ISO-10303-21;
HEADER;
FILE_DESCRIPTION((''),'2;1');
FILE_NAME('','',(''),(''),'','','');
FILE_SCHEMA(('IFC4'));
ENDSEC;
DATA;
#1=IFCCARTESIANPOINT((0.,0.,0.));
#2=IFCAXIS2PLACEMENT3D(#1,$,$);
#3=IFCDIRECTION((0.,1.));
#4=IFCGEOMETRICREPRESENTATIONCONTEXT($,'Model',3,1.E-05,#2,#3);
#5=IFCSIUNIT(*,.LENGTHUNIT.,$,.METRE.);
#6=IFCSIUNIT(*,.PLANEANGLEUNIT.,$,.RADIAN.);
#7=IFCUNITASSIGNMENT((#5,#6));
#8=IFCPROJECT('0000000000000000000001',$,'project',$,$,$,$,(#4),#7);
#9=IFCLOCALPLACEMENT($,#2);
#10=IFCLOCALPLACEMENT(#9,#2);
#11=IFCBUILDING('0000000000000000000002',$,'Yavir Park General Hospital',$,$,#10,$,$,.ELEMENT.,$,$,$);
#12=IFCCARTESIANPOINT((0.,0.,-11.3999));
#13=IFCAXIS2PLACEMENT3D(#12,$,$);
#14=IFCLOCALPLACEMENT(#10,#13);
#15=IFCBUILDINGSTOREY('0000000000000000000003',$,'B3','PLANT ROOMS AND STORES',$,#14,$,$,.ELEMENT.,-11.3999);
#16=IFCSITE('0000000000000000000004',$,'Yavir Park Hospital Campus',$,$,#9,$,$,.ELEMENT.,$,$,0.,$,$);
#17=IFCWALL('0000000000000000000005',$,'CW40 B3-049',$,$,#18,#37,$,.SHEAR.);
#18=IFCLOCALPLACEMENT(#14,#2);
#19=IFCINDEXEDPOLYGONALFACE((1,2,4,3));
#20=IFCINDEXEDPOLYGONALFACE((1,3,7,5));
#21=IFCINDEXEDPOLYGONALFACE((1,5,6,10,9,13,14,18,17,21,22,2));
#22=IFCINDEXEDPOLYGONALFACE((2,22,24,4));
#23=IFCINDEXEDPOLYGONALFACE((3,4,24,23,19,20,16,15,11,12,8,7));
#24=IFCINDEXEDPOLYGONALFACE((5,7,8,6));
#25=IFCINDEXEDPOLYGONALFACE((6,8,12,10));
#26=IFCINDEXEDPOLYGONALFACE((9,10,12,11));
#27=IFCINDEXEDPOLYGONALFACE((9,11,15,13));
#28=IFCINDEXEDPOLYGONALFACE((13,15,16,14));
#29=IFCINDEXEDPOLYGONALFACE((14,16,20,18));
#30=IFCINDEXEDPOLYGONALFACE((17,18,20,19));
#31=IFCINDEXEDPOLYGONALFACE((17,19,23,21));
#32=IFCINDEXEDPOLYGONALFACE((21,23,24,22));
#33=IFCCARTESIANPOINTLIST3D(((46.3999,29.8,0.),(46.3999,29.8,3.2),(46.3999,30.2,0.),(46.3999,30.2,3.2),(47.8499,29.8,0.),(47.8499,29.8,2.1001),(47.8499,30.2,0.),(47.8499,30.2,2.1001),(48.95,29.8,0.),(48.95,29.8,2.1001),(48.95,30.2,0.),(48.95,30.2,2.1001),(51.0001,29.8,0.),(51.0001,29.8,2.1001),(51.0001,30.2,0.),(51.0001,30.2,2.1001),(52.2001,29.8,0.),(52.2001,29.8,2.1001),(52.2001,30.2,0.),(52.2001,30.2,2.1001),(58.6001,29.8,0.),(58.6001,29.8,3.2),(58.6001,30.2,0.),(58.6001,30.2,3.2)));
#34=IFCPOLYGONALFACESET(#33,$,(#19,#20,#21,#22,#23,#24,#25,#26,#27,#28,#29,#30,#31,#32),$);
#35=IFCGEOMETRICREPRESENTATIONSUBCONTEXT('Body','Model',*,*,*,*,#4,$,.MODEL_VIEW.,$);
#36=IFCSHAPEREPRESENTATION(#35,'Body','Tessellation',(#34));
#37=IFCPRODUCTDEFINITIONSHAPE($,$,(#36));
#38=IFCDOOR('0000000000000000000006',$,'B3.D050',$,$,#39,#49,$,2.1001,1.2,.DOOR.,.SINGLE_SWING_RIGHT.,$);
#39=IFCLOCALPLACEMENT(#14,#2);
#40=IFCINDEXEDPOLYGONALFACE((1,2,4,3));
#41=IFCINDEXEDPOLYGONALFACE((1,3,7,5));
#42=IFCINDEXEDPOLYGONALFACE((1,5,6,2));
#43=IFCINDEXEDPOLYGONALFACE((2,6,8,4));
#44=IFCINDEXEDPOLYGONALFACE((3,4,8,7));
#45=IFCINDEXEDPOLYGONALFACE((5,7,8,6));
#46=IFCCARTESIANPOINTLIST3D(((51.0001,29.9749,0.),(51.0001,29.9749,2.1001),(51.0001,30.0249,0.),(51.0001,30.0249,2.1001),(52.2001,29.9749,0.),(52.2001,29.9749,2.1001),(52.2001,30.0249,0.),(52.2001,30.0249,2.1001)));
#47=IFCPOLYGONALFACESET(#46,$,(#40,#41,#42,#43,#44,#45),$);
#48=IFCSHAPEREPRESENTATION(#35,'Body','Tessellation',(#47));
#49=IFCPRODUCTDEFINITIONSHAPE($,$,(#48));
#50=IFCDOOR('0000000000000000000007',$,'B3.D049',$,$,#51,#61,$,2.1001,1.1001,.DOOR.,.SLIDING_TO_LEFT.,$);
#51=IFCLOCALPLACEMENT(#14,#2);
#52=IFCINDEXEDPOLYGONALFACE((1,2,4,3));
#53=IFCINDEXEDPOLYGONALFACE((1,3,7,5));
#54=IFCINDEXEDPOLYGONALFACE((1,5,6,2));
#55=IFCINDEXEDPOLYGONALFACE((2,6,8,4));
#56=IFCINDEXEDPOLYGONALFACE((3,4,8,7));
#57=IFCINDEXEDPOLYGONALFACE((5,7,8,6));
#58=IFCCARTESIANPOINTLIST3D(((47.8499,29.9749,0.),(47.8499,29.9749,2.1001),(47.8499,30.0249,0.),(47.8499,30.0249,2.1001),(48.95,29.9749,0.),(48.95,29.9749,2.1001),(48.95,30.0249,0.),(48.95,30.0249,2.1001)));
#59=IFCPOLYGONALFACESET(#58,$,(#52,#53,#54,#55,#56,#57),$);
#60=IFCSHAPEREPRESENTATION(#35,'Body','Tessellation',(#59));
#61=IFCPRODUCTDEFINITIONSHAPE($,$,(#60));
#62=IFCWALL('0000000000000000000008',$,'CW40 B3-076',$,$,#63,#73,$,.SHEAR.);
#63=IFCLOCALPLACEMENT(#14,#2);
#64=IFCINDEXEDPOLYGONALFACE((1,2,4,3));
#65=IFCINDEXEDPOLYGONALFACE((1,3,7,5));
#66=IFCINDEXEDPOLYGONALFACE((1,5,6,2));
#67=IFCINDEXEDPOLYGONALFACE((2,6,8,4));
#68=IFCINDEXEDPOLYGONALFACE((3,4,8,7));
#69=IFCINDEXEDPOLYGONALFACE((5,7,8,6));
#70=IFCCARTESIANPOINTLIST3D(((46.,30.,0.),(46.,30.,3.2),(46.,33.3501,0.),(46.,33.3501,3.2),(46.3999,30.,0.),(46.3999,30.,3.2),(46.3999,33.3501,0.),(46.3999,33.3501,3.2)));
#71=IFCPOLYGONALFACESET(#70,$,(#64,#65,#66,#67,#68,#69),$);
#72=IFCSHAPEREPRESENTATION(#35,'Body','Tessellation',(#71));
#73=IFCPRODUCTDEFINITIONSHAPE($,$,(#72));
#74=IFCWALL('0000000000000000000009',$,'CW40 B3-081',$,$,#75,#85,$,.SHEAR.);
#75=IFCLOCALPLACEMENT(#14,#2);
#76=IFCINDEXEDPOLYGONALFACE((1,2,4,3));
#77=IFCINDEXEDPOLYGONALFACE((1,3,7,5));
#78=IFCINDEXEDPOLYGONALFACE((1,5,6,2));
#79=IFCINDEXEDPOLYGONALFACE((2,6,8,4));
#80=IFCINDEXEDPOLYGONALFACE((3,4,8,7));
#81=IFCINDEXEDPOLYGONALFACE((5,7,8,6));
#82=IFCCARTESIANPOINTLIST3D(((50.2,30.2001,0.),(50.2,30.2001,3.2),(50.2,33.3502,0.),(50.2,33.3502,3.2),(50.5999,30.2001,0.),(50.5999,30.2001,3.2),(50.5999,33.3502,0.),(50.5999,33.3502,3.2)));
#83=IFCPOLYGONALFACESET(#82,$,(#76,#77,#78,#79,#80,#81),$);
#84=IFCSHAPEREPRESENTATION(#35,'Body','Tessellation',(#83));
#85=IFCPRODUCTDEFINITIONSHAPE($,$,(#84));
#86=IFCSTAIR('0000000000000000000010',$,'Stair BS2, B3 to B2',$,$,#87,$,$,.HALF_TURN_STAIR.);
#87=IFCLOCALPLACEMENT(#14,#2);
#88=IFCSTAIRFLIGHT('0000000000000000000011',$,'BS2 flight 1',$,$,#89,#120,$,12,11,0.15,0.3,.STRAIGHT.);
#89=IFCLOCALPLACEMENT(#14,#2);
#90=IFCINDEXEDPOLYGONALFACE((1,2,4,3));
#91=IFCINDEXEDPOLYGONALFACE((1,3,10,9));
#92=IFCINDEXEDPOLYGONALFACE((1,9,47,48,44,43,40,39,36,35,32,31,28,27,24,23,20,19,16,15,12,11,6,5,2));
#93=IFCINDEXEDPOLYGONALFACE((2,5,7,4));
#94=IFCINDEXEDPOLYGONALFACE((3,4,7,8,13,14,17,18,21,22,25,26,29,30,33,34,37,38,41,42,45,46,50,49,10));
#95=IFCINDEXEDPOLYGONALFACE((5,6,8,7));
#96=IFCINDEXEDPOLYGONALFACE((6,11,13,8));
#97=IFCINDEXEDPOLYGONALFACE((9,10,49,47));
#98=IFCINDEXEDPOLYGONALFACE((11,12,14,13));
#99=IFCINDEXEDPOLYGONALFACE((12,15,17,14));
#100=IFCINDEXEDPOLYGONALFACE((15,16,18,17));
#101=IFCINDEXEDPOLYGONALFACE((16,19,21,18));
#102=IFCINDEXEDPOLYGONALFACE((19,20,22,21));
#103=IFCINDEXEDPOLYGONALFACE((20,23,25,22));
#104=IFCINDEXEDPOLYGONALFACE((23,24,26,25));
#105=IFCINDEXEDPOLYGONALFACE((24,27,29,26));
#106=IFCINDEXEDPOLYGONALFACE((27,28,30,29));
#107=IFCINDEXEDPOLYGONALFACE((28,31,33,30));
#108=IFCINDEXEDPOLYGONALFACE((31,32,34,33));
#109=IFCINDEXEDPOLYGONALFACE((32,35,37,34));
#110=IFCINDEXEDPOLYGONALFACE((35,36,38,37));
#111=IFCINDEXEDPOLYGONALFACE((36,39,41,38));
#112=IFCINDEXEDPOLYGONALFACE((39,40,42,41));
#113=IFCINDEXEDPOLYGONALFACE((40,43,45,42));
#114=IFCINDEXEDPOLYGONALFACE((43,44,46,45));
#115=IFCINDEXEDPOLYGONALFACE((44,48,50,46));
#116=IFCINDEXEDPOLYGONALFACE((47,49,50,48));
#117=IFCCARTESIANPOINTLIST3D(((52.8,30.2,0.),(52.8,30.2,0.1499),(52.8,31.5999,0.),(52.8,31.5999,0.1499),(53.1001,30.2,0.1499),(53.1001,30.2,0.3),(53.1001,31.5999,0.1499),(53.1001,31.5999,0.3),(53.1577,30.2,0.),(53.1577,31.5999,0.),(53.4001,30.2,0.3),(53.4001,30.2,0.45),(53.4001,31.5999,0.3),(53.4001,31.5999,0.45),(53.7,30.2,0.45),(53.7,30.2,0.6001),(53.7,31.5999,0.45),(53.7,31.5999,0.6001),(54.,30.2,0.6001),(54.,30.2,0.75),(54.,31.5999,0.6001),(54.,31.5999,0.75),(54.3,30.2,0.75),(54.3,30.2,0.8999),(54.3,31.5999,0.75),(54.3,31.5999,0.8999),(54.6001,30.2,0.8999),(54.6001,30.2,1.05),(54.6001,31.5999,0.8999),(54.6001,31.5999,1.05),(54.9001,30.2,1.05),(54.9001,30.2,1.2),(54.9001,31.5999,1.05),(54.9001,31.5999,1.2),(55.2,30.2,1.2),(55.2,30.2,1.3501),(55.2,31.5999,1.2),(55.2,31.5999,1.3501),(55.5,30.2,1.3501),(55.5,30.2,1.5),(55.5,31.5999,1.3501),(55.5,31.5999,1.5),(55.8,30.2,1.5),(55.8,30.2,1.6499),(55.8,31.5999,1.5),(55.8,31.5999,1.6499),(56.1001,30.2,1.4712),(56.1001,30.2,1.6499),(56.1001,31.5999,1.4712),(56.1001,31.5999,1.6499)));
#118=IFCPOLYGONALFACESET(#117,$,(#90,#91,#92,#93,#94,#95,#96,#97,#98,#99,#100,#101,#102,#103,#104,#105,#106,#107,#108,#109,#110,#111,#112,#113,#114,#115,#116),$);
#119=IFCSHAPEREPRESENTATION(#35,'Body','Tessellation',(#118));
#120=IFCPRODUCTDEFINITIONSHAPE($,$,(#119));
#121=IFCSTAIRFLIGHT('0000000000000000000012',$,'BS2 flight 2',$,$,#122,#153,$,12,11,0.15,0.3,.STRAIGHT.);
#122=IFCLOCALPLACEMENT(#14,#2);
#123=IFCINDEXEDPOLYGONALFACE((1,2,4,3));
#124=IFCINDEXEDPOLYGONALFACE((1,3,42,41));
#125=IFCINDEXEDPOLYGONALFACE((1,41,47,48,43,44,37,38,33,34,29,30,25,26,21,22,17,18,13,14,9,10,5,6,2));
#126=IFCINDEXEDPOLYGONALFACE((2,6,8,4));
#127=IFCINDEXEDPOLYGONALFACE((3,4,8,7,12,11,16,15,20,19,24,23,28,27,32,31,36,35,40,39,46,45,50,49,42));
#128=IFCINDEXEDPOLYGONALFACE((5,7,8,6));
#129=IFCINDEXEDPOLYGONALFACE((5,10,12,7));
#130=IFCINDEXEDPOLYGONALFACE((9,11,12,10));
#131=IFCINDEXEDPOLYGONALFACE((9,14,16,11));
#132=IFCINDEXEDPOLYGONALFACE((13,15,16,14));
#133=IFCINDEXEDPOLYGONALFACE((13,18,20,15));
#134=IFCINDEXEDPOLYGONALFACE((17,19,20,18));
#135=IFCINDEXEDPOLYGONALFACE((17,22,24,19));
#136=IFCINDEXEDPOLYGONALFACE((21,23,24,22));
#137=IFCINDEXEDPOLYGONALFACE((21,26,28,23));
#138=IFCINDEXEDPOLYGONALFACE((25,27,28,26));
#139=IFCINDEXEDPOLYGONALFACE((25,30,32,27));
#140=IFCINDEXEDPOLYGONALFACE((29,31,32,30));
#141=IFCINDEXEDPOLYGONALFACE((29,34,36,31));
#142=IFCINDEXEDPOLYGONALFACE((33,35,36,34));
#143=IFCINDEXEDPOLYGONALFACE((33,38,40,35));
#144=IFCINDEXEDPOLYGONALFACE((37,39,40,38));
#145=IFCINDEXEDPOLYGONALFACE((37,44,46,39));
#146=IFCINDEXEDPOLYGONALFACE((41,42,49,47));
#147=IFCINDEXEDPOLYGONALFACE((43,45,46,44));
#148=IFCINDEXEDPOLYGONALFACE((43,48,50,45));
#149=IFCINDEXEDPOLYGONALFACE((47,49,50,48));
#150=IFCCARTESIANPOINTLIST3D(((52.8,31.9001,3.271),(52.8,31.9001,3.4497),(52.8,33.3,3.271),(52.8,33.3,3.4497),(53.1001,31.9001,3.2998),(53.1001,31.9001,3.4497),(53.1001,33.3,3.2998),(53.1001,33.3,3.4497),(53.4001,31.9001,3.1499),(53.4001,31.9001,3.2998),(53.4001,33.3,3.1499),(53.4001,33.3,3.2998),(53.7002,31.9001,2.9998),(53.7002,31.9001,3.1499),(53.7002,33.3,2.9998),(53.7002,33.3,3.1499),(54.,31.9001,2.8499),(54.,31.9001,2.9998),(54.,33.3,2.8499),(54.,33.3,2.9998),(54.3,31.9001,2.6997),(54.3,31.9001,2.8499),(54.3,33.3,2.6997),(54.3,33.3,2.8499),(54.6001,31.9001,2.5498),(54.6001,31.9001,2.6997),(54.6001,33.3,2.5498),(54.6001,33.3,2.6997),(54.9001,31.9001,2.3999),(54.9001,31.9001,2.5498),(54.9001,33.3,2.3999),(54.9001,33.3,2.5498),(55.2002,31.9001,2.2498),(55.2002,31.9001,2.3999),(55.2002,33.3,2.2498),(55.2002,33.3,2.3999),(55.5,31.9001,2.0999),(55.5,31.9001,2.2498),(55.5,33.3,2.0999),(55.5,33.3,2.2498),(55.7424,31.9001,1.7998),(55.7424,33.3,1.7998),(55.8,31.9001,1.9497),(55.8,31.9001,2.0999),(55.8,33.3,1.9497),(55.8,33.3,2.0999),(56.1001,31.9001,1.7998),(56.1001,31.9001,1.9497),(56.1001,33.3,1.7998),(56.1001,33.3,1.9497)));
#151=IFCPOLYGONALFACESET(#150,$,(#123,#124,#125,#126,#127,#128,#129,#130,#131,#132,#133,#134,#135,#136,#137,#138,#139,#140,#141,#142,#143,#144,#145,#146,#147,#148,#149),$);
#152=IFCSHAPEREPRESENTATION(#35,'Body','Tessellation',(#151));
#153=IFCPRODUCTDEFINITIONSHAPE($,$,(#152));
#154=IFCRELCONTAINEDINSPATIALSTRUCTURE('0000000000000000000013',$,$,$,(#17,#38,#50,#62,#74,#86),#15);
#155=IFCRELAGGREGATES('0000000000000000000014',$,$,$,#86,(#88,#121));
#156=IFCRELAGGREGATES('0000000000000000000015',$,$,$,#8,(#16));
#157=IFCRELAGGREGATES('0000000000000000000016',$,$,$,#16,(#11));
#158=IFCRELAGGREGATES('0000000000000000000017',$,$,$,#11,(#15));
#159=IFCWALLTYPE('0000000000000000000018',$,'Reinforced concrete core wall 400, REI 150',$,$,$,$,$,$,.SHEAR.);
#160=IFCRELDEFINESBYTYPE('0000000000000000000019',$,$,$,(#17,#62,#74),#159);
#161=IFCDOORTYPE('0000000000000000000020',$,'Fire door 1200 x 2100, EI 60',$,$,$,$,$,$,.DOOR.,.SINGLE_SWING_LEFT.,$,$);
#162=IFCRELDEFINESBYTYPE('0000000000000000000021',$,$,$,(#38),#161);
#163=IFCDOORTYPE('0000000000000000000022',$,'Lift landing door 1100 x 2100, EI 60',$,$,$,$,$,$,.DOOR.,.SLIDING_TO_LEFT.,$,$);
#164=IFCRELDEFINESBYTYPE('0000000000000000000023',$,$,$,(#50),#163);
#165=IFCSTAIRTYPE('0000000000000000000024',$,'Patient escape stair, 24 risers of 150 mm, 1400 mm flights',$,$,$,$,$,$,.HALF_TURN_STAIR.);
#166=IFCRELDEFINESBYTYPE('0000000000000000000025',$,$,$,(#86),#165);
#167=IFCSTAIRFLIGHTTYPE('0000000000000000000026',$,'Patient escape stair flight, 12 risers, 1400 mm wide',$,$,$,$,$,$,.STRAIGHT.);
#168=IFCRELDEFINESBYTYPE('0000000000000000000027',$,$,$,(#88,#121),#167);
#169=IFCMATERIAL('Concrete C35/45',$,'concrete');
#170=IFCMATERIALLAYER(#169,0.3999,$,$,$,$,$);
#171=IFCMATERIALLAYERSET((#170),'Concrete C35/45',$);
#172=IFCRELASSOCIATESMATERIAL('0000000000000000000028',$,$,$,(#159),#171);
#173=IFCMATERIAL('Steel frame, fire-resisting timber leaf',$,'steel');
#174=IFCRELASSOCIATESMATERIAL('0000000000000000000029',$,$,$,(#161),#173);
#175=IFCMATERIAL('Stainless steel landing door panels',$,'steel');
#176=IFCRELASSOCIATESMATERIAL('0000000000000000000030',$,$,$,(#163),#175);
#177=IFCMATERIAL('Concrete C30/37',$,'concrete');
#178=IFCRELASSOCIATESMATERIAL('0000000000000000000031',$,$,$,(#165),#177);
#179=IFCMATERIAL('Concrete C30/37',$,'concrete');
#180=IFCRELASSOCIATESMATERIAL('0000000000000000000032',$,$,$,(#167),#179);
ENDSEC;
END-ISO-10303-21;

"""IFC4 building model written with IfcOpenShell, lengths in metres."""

from ifc_helpers import new_model, si_unit, direction, frame, frame_2d, origin, place, context, subcontext, project, spatial, polyline, rectangle, outline, extrude, material, layer, layer_set, type_object, element, fill, aggregate, save


model = new_model("IFC4")

# Units and contexts
model_context = context("Model", 3, precision=1e-05, world=origin(), true_north=direction((0.0, 1.0)))
body_context = subcontext(model_context, "Body", "Model", "MODEL_VIEW")
ifc_project = project(units=[si_unit("LENGTHUNIT", "METRE"), si_unit("PLANEANGLEUNIT", "RADIAN")], contexts=[model_context])

# Site, building, storey
site_placement = place(None, origin())
site = spatial("IfcSite", under=ifc_project, at=site_placement, Name="Yavir Park Hospital Campus", CompositionType="ELEMENT", RefElevation=0.0)
building_placement = place(site_placement, origin())
building = spatial("IfcBuilding", under=site, at=building_placement, Name="Yavir Park General Hospital", CompositionType="ELEMENT")
storey_placement = place(building_placement, frame((0.0, 0.0, -11.3999)))
storey = spatial("IfcBuildingStorey", under=building, at=storey_placement, Name="B3", Description="PLANT ROOMS AND STORES", CompositionType="ELEMENT", Elevation=-11.3999)

# Wall, openings, doors
ifc_material_1 = material(Name="Concrete C35/45", Category="concrete")
ifc_layer_1 = layer(ifc_material_1, 0.3999)
ifc_layer_set_1 = layer_set([ifc_layer_1], Name="Concrete C35/45")
wall_type_1 = type_object("IfcWallType", Name="Reinforced concrete core wall 400, REI 150", PredefinedType="SHEAR", material=ifc_layer_set_1)
wall_1_placement = place(storey_placement, frame((46.3999, 30.0, 0.0), z_axis=(0.0, 0.0, 1.0), x_axis=(1.0, 0.0, 0.0)))
wall_1 = element("IfcWall", 1, at=wall_1_placement, inside=storey, type_object=wall_type_1, Name="CW40 B3-049", PredefinedType="SHEAR", context=body_context, shape_type="SweptSolid", body=[
    extrude(rectangle(XDim=12.2002, YDim=0.3999, at=frame_2d((6.1001, 0.0))), origin(), (0.0, 0.0, 1.0), 3.2),
])
opening_1_placement = place(wall_1_placement, frame((1.45, 0.0, 0.0)))
opening_1 = element("IfcOpeningElement", 2, at=opening_1_placement, cuts=wall_1, PredefinedType="OPENING", context=body_context, shape_type="SweptSolid", body=[
    extrude(rectangle(XDim=1.1001, YDim=2.1001, at=frame_2d((0.55, 1.05))), frame((0.0, 0.21, 0.0), z_axis=(0.0, -1.0, 0.0), x_axis=(1.0, 0.0, 0.0)), (0.0, 0.0, 1.0), 0.4199),
])
opening_2_placement = place(wall_1_placement, frame((4.6001, 0.0, 0.0)))
opening_2 = element("IfcOpeningElement", 3, at=opening_2_placement, cuts=wall_1, PredefinedType="OPENING", context=body_context, shape_type="SweptSolid", body=[
    extrude(rectangle(XDim=1.2, YDim=2.1001, at=frame_2d((0.6001, 1.05))), frame((0.0, 0.21, 0.0), z_axis=(0.0, -1.0, 0.0), x_axis=(1.0, 0.0, 0.0)), (0.0, 0.0, 1.0), 0.4199),
])
ifc_material_2 = material(Name="Steel frame, fire-resisting timber leaf", Category="steel")
door_type_1 = type_object("IfcDoorType", Name="Fire door 1200 x 2100, EI 60", OperationType="SINGLE_SWING_LEFT", PredefinedType="DOOR", material=ifc_material_2)
door_1_placement = place(opening_2_placement, origin())
door_1 = element("IfcDoor", 4, at=door_1_placement, inside=storey, type_object=door_type_1, Name="B3.D050", OperationType="SINGLE_SWING_RIGHT", OverallHeight=2.1001, OverallWidth=1.2, PredefinedType="DOOR", context=body_context, shape_type="SweptSolid", body=[
    extrude(rectangle(XDim=1.2, YDim=2.1001, at=frame_2d((0.6001, 1.05))), frame((0.0, 0.0249, 0.0), z_axis=(0.0, -1.0, 0.0), x_axis=(1.0, 0.0, 0.0)), (0.0, 0.0, 1.0), 0.05),
])
fill(opening_2, door_1)
ifc_material_3 = material(Name="Stainless steel landing door panels", Category="steel")
door_type_2 = type_object("IfcDoorType", Name="Lift landing door 1100 x 2100, EI 60", OperationType="SLIDING_TO_LEFT", PredefinedType="DOOR", material=ifc_material_3)
door_2_placement = place(opening_1_placement, origin())
door_2 = element("IfcDoor", 5, at=door_2_placement, inside=storey, type_object=door_type_2, Name="B3.D049", OperationType="SLIDING_TO_LEFT", OverallHeight=2.1001, OverallWidth=1.1001, PredefinedType="DOOR", context=body_context, shape_type="SweptSolid", body=[
    extrude(rectangle(XDim=1.1001, YDim=2.1001, at=frame_2d((0.55, 1.05))), frame((0.0, 0.0249, 0.0), z_axis=(0.0, -1.0, 0.0), x_axis=(1.0, 0.0, 0.0)), (0.0, 0.0, 1.0), 0.05),
])
fill(opening_1, door_2)

# Walls
wall_2_placement = place(storey_placement, frame((46.2, 30.0, 0.0), z_axis=(0.0, 0.0, 1.0), x_axis=(0.0, 1.0, 0.0)))
element("IfcWall", 6, at=wall_2_placement, inside=storey, type_object=wall_type_1, Name="CW40 B3-076", PredefinedType="SHEAR", context=body_context, shape_type="SweptSolid", body=[
    extrude(rectangle(XDim=3.3501, YDim=0.3999, at=frame_2d((1.675, 0.0))), origin(), (0.0, 0.0, 1.0), 3.2),
])
wall_3_placement = place(storey_placement, frame((50.3999, 30.2, 0.0), z_axis=(0.0, 0.0, 1.0), x_axis=(0.0, 1.0, 0.0)))
element("IfcWall", 7, at=wall_3_placement, inside=storey, type_object=wall_type_1, Name="CW40 B3-081", PredefinedType="SHEAR", context=body_context, shape_type="SweptSolid", body=[
    extrude(rectangle(XDim=3.1501, YDim=0.3999, at=frame_2d((1.5752, 0.0))), origin(), (0.0, 0.0, 1.0), 3.2),
])

# Stair, stair flights
ifc_material_4 = material(Name="Concrete C30/37", Category="concrete")
stair_type = type_object("IfcStairType", Name="Patient escape stair, 24 risers of 150 mm, 1400 mm flights", PredefinedType="HALF_TURN_STAIR", material=ifc_material_4)
stair_placement = place(storey_placement, origin())
stair = element("IfcStair", 8, at=stair_placement, inside=storey, type_object=stair_type, Name="Stair BS2, B3 to B2", PredefinedType="HALF_TURN_STAIR")
ifc_material_5 = material(Name="Concrete C30/37", Category="concrete")
stair_flight_type = type_object("IfcStairFlightType", Name="Patient escape stair flight, 12 risers, 1400 mm wide", PredefinedType="STRAIGHT", material=ifc_material_5)
stair_flight_1_placement = place(storey_placement, frame((52.8, 30.8999, 0.0), z_axis=(0.0, 0.0, 1.0), x_axis=(1.0, 0.0, 0.0)))
stair_flight_1 = element("IfcStairFlight", 9, at=stair_flight_1_placement, type_object=stair_flight_type, Name="BS2 flight 1", NumberOfRisers=12, NumberOfTreads=11, PredefinedType="STRAIGHT", RiserHeight=0.15, TreadLength=0.3, context=body_context, shape_type="SweptSolid", body=[
    extrude(outline(polyline([(0.0, 0.0), (0.0, 0.1499), (0.3, 0.1499), (0.3, 0.3), (0.6001, 0.3), (0.6001, 0.45), (0.8999, 0.45), (0.8999, 0.6001), (1.2, 0.6001), (1.2, 0.75), (1.5, 0.75), (1.5, 0.8999), (1.8, 0.8999), (1.8, 1.05), (2.1001, 1.05), (2.1001, 1.2), (2.3999, 1.2), (2.3999, 1.3501), (2.7, 1.3501), (2.7, 1.5), (3.0, 1.5), (3.0, 1.6499), (3.3, 1.6499), (3.3, 1.8), (3.3, 1.4712), (0.3577, 0.0), (0.0, 0.0)])), frame((0.0, 0.7, 0.0), z_axis=(0.0, -1.0, 0.0), x_axis=(1.0, 0.0, 0.0)), (0.0, 0.0, 1.0), 1.3999),
])
stair_flight_2_placement = place(storey_placement, frame((56.1001, 32.6001, 1.7998), z_axis=(0.0, 0.0, 1.0), x_axis=(-1.0, 0.0, 0.0)))
stair_flight_2 = element("IfcStairFlight", 10, at=stair_flight_2_placement, type_object=stair_flight_type, Name="BS2 flight 2", NumberOfRisers=12, NumberOfTreads=11, PredefinedType="STRAIGHT", RiserHeight=0.15, TreadLength=0.3, context=body_context, shape_type="SweptSolid", body=[
    extrude(outline(polyline([(0.0, 0.0), (0.0, 0.1499), (0.3, 0.1499), (0.3, 0.3), (0.6001, 0.3), (0.6001, 0.45), (0.8999, 0.45), (0.8999, 0.6001), (1.2, 0.6001), (1.2, 0.75), (1.5, 0.75), (1.5, 0.8999), (1.8, 0.8999), (1.8, 1.05), (2.1001, 1.05), (2.1001, 1.2), (2.3999, 1.2), (2.3999, 1.3501), (2.7, 1.3501), (2.7, 1.5), (3.0, 1.5), (3.0, 1.6499), (3.3, 1.6499), (3.3, 1.8), (3.3, 1.4712), (0.3577, 0.0), (0.0, 0.0)])), frame((0.0, 0.7, 0.0), z_axis=(0.0, -1.0, 0.0), x_axis=(1.0, 0.0, 0.0)), (0.0, 0.0, 1.0), 1.3999),
])
aggregate(stair, [stair_flight_1, stair_flight_2])

save(model, "model.ifc")
